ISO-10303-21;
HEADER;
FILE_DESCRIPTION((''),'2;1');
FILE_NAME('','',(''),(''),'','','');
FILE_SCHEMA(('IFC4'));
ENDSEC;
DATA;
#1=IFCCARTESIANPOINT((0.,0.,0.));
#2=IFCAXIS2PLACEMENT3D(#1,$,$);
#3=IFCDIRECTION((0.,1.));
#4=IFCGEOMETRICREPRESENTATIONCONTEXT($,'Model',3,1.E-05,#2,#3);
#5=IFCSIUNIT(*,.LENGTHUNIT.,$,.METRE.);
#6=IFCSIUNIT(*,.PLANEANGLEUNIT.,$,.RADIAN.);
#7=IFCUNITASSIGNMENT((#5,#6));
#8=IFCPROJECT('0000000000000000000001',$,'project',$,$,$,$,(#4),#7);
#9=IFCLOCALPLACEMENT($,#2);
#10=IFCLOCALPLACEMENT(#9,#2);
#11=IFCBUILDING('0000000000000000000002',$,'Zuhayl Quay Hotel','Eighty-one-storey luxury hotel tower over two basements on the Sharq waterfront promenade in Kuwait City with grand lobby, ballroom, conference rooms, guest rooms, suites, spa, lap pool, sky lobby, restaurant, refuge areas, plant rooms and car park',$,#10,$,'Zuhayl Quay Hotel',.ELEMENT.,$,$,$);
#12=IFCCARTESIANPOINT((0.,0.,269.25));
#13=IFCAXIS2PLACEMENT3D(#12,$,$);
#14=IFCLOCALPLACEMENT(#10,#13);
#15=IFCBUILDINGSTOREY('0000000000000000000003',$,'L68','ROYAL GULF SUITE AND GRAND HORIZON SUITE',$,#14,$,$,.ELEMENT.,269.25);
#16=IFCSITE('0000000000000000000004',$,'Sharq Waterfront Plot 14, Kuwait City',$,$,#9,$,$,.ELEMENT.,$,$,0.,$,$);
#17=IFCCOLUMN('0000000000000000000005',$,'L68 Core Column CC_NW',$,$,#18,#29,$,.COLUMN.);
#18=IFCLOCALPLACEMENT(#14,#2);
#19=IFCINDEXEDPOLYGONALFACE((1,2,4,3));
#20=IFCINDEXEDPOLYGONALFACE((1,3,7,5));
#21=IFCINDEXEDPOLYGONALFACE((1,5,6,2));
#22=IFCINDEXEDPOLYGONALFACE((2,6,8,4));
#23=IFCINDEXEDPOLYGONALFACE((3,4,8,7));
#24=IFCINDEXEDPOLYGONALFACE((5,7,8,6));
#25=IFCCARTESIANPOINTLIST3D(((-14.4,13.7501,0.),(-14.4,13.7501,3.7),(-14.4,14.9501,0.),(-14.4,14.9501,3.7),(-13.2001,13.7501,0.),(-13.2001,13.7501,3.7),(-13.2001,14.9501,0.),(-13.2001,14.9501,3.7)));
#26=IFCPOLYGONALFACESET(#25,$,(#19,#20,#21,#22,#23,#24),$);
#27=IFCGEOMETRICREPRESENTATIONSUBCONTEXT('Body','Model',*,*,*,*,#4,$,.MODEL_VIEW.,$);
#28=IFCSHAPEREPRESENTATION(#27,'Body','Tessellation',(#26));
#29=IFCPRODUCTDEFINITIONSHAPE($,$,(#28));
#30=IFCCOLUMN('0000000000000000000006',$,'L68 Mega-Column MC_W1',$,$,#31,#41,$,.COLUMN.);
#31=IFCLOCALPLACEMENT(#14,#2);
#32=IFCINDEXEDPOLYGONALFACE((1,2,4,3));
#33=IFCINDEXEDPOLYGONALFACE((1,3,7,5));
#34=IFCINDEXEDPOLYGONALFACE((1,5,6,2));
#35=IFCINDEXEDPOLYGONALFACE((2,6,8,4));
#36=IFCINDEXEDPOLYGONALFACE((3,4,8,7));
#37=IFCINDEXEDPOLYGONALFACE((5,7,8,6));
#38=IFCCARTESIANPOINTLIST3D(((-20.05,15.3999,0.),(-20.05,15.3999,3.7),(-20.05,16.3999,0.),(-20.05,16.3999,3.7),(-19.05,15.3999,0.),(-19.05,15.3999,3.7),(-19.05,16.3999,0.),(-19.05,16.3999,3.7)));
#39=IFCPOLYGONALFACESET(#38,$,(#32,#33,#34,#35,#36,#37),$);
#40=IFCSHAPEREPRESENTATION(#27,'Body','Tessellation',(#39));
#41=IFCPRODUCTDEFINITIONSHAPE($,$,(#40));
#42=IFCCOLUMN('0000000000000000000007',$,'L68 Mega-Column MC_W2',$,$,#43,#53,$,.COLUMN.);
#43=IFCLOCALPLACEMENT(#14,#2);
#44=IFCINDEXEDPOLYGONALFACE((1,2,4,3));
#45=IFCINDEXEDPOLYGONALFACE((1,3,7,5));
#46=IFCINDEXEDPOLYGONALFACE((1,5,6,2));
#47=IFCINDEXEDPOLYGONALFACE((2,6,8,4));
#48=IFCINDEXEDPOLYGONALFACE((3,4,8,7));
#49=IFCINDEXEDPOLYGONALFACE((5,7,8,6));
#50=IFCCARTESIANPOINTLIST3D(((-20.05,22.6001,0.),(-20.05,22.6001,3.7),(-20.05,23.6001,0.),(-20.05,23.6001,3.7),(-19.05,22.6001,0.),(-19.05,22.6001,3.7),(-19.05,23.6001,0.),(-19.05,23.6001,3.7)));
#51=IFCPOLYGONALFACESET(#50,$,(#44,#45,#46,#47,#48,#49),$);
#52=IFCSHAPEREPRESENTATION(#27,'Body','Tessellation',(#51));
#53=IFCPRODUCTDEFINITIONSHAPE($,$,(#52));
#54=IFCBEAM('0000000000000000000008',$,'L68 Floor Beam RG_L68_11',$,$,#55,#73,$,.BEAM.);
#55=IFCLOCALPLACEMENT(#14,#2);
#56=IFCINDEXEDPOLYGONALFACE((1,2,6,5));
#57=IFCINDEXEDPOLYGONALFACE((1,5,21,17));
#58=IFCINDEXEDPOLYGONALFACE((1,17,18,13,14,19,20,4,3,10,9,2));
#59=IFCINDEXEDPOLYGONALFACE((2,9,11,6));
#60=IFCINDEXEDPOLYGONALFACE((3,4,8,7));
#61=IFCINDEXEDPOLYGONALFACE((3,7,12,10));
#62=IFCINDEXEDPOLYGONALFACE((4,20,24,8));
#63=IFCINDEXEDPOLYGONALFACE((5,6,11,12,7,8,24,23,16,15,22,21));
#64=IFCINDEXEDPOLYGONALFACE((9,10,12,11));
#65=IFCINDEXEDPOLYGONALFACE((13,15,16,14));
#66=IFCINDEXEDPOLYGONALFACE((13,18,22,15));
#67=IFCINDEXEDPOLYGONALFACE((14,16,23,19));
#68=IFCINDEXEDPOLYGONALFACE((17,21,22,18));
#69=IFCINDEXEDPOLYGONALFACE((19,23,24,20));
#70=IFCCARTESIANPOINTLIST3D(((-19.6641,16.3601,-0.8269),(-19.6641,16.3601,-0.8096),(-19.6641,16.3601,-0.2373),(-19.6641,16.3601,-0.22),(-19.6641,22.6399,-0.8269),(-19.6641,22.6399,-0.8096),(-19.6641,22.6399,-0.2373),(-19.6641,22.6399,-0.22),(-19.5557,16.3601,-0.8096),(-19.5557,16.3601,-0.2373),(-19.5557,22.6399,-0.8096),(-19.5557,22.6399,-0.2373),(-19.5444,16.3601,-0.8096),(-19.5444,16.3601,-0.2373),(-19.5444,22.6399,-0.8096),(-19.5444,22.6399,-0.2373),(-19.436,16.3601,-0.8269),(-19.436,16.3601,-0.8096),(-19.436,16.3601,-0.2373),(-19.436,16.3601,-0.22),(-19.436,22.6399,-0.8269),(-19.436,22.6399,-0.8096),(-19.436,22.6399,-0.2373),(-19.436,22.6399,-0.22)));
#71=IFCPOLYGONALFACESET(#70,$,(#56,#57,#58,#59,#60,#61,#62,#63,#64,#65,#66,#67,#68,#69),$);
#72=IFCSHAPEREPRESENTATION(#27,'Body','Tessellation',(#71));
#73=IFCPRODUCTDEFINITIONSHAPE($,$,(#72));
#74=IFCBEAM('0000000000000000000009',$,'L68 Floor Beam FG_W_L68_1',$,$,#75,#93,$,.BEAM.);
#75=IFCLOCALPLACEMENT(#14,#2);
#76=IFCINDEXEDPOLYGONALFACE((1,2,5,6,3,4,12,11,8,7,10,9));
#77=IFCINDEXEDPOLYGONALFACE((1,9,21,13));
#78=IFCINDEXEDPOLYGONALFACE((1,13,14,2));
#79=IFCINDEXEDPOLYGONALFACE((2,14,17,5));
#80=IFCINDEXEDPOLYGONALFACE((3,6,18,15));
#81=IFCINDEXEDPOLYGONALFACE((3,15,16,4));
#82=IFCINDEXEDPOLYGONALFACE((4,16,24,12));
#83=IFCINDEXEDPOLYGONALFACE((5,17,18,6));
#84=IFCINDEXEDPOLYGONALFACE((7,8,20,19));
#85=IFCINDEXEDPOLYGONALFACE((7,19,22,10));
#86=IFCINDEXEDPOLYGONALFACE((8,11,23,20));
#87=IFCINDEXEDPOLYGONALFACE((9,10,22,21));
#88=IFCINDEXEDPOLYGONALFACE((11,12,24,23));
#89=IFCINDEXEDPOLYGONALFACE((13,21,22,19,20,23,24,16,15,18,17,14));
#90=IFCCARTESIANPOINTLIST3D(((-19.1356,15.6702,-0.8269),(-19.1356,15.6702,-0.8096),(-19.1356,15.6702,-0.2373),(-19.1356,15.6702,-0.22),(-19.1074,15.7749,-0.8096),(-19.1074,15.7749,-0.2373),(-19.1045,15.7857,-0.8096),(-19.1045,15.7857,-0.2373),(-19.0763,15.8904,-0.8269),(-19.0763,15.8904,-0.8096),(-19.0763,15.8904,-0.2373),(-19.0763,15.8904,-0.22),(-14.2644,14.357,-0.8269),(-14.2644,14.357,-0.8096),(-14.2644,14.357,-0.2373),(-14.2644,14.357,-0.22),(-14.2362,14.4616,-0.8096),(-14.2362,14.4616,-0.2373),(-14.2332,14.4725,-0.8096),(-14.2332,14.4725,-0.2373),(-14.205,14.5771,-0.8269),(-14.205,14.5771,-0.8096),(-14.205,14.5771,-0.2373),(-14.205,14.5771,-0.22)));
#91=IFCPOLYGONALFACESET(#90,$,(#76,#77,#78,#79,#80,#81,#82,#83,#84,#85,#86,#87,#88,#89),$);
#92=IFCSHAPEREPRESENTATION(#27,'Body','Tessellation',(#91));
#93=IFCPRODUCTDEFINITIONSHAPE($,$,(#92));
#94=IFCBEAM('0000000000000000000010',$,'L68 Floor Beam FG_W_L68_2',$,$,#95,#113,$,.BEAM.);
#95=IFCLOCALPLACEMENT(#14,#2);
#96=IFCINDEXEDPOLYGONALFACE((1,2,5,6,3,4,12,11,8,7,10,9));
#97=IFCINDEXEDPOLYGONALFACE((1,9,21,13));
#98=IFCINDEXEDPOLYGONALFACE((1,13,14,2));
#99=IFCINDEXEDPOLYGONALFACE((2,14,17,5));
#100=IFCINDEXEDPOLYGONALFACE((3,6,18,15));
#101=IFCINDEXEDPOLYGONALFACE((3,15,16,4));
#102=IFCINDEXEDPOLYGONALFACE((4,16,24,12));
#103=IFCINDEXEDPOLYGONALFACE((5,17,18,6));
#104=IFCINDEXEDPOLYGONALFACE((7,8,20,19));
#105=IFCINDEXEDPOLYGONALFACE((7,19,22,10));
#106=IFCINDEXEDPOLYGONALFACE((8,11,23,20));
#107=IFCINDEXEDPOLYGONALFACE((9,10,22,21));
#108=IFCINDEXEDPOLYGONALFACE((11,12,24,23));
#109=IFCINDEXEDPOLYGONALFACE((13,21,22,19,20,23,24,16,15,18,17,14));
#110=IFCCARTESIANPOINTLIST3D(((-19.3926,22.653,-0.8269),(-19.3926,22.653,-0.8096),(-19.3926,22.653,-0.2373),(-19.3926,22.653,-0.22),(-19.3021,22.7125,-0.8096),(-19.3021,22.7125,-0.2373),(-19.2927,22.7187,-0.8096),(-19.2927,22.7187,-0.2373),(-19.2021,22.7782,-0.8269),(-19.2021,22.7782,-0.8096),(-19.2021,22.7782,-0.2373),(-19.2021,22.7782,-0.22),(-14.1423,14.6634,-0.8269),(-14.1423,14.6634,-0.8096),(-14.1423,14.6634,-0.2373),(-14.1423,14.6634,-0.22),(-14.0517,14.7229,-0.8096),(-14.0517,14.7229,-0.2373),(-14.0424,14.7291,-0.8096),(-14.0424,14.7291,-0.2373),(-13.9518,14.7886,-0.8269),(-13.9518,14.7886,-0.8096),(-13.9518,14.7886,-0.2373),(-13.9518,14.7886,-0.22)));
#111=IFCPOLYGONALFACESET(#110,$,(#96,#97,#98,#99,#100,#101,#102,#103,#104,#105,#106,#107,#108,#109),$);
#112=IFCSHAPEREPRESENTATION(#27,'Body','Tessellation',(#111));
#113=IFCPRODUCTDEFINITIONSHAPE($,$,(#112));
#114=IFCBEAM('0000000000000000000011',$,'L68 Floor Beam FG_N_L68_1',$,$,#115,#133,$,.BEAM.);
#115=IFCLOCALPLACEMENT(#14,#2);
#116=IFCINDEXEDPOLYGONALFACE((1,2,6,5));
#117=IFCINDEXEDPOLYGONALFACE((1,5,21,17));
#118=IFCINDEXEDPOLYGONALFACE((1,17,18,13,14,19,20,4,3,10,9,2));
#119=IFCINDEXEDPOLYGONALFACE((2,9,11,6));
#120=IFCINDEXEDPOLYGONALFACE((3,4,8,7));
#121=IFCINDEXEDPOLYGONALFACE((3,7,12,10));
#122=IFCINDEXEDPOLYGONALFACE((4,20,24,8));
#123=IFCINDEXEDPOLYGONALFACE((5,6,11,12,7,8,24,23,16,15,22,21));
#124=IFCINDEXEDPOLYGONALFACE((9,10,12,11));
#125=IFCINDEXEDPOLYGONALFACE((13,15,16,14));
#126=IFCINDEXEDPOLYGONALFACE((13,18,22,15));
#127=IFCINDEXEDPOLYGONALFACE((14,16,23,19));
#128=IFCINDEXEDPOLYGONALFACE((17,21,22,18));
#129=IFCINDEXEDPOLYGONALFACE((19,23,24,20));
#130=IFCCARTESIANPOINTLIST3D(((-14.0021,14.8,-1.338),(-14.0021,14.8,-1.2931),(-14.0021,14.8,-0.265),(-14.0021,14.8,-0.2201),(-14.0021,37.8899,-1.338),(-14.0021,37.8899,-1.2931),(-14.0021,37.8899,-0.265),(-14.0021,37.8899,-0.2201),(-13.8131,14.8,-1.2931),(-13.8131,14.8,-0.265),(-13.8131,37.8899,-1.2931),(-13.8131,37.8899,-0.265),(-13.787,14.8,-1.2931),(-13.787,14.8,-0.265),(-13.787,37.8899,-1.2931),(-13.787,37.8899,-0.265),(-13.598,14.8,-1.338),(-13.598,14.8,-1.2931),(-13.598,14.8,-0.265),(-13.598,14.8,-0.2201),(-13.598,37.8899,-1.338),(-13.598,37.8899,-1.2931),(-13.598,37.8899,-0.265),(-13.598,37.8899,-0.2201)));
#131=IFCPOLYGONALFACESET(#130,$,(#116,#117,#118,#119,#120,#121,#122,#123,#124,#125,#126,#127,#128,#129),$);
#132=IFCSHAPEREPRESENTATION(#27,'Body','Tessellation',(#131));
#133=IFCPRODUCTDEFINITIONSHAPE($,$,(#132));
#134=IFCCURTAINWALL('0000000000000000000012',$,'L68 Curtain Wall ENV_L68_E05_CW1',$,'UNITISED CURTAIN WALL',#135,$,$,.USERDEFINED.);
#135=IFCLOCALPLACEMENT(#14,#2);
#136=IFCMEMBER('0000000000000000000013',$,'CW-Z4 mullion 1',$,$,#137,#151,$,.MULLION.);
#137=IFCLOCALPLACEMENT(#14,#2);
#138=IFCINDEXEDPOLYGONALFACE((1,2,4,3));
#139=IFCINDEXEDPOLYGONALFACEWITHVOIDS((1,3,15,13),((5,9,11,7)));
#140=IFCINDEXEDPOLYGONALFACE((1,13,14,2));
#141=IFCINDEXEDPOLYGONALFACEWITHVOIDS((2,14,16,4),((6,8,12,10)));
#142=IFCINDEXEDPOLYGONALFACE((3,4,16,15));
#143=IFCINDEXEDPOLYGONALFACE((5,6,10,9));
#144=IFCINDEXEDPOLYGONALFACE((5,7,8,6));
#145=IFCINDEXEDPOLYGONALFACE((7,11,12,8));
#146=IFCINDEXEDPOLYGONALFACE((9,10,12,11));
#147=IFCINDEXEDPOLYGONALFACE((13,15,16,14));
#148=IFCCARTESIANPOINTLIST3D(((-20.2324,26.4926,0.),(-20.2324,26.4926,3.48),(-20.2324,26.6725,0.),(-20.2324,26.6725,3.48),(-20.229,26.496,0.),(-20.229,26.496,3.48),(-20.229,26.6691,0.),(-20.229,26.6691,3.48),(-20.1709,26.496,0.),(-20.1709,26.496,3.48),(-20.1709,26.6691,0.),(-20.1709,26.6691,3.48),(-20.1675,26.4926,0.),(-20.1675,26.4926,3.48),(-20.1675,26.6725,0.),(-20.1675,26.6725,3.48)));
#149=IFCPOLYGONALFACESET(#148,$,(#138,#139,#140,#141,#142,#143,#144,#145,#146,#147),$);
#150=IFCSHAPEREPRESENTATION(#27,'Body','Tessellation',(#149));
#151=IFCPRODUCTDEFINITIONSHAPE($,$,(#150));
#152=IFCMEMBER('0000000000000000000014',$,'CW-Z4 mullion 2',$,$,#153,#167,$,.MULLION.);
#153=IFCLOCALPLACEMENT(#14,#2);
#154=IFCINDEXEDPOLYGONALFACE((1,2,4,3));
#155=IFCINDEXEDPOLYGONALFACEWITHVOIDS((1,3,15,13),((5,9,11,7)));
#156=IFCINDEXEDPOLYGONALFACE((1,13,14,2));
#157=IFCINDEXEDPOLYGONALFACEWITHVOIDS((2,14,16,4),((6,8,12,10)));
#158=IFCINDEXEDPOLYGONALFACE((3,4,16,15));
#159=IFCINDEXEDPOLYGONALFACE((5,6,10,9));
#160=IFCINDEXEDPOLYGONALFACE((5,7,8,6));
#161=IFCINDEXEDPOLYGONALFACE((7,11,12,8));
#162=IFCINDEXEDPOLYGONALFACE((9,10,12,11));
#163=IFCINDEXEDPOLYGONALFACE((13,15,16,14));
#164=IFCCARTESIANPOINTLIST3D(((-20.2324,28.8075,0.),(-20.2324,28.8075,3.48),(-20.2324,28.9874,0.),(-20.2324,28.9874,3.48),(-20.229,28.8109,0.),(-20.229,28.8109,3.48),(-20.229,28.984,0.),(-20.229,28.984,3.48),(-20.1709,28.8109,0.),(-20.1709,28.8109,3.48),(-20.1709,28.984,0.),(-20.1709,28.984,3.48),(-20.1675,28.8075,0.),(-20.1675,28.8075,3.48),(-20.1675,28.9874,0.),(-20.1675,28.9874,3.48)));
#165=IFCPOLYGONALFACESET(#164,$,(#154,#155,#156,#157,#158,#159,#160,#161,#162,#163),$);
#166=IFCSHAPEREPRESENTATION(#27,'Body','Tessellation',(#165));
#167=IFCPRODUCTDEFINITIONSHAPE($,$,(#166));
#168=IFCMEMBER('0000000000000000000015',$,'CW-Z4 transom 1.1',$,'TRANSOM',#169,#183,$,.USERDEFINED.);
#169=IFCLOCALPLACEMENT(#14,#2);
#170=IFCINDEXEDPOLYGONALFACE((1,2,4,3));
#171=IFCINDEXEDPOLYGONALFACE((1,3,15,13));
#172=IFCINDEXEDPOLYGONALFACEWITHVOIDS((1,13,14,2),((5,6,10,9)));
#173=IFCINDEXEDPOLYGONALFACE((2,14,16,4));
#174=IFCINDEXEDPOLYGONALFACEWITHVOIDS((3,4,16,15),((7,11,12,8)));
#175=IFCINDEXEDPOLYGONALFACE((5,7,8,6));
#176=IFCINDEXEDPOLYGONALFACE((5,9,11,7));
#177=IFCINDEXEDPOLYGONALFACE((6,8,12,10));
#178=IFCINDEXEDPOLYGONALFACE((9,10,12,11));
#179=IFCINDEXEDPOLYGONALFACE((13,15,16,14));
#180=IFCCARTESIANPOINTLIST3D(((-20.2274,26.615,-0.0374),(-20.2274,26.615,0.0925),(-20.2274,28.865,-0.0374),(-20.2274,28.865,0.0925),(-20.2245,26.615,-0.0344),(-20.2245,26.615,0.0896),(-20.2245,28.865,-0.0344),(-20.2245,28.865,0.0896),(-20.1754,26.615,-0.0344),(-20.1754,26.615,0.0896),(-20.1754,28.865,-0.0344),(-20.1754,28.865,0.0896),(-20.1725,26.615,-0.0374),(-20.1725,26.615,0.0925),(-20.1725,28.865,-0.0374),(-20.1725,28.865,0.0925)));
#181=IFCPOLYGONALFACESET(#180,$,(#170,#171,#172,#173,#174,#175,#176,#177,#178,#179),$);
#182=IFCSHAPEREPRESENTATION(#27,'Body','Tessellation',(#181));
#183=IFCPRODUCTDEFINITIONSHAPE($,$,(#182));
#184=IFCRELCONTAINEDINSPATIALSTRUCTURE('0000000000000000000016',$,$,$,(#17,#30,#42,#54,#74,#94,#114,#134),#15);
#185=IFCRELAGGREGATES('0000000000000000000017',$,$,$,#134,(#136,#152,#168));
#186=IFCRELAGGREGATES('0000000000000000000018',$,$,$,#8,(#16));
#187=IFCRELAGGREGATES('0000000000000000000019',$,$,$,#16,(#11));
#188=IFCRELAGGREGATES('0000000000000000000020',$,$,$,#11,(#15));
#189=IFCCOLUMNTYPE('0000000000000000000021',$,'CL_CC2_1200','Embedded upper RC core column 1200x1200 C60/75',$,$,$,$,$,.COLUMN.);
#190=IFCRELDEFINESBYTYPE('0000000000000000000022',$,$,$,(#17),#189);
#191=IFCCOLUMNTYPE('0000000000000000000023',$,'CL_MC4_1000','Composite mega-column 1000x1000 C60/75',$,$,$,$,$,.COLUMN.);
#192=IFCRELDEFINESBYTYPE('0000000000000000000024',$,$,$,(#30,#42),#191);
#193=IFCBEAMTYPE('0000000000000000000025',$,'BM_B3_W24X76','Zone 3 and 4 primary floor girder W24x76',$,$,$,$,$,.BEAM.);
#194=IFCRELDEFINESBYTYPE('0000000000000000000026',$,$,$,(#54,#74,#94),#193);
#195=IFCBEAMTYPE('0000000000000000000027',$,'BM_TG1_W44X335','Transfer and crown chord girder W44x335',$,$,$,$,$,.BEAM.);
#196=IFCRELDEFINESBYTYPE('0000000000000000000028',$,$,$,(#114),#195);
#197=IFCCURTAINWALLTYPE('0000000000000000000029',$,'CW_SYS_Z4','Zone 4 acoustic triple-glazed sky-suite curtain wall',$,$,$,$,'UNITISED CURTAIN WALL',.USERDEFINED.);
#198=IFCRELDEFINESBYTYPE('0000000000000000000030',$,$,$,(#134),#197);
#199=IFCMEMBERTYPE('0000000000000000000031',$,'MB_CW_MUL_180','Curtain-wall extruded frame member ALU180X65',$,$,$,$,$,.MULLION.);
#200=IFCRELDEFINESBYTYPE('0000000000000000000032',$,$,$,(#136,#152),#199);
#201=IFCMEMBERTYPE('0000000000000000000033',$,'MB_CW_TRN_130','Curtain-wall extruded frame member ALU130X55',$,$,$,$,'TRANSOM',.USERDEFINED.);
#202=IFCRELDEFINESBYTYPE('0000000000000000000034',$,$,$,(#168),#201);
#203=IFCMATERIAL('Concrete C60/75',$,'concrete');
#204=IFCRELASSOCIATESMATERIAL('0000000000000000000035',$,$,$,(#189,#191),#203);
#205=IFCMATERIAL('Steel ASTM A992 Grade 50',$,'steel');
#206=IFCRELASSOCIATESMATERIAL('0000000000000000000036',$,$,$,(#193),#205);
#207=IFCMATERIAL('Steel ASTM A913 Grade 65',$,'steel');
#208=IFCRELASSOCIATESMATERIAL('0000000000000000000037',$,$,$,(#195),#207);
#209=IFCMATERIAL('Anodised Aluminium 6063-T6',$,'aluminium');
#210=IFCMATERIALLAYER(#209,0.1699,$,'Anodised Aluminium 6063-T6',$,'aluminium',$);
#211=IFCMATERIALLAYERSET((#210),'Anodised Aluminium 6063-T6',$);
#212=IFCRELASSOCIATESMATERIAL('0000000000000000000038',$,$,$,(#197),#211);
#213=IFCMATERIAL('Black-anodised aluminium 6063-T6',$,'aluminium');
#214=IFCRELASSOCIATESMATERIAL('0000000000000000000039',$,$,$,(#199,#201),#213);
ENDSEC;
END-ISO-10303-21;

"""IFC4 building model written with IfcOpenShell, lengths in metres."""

from ifc_helpers import new_model, si_unit, direction, frame, origin, origin_2d, place, context, subcontext, project, spatial, rectangle, hollow_rectangle, i_section, extrude, material, layer, layer_set, material_profile, profile_set, type_object, element, aggregate, save


model = new_model("IFC4")

# Units and contexts
model_context = context("Model", 3, precision=1e-05, world=origin(), true_north=direction((0.0, 1.0)))
body_context = subcontext(model_context, "Body", "Model", "MODEL_VIEW")
ifc_project = project(units=[si_unit("LENGTHUNIT", "METRE"), si_unit("PLANEANGLEUNIT", "RADIAN")], contexts=[model_context])

# Site, building, storey
site_placement = place(None, origin())
site = spatial("IfcSite", under=ifc_project, at=site_placement, Name="Sharq Waterfront Plot 14, Kuwait City", CompositionType="ELEMENT", RefElevation=0.0)
building_placement = place(site_placement, origin())
building = spatial("IfcBuilding", under=site, at=building_placement, Name="Zuhayl Quay Hotel", Description="Eighty-one-storey luxury hotel tower over two basements on the Sharq waterfront promenade in Kuwait City with grand lobby, ballroom, conference rooms, guest rooms, suites, spa, lap pool, sky lobby, restaurant, refuge areas, plant rooms and car park", LongName="Zuhayl Quay Hotel", CompositionType="ELEMENT")
storey_placement = place(building_placement, frame((0.0, 0.0, 269.25)))
storey = spatial("IfcBuildingStorey", under=building, at=storey_placement, Name="L68", Description="ROYAL GULF SUITE AND GRAND HORIZON SUITE", CompositionType="ELEMENT", Elevation=269.25)

# Columns
ifc_material_1 = material(Name="Concrete C60/75", Category="concrete")
ifc_material_profile_1 = material_profile(ifc_material_1, rectangle(XDim=1.2, YDim=1.2, at=origin_2d()), Name="RC1200X1200")
ifc_profile_set_1 = profile_set([ifc_material_profile_1], Name="Concrete C60/75")
column_type_1 = type_object("IfcColumnType", Name="CL_CC2_1200", Description="Embedded upper RC core column 1200x1200 C60/75", PredefinedType="COLUMN", material=ifc_profile_set_1)
column_placement = place(storey_placement, frame((-13.8, 14.3501, 0.0), z_axis=(0.0, 0.0, 1.0), x_axis=(1.0, 0.0, 0.0)))
element("IfcColumn", 1, at=column_placement, inside=storey, type_object=column_type_1, Name="L68 Core Column CC_NW", PredefinedType="COLUMN", context=body_context, shape_type="SweptSolid", body=[
    extrude(rectangle(XDim=1.2, YDim=1.2, at=origin_2d()), origin(), (0.0, 0.0, 1.0), 3.7),
])
ifc_material_profile_2 = material_profile(ifc_material_1, rectangle(XDim=1.0, YDim=1.0, at=origin_2d()), Name="RC1000X1000")
ifc_profile_set_2 = profile_set([ifc_material_profile_2], Name="Concrete C60/75")
column_type_2 = type_object("IfcColumnType", Name="CL_MC4_1000", Description="Composite mega-column 1000x1000 C60/75", PredefinedType="COLUMN", material=ifc_profile_set_2)
for number, where, z_axis, x_axis, name in (
    (2, (-19.55, 15.8999, 0.0), (0.0, 0.0, 1.0), (1.0, 0.0, 0.0), "L68 Mega-Column MC_W1"),
    (3, (-19.55, 23.1001, 0.0), (0.0, 0.0, 1.0), (1.0, 0.0, 0.0), "L68 Mega-Column MC_W2"),
):
    element("IfcColumn", number, at=place(storey_placement, frame(where, z_axis=z_axis, x_axis=x_axis)), inside=storey, type_object=column_type_2, Name=name, PredefinedType="COLUMN", context=body_context, shape_type="SweptSolid", body=[
        extrude(rectangle(XDim=1.0, YDim=1.0, at=origin_2d()), origin(), (0.0, 0.0, 1.0), 3.7),
    ])

# Beams
ifc_material_2 = material(Name="Steel ASTM A992 Grade 50", Category="steel")
ifc_material_profile_3 = material_profile(ifc_material_2, i_section(OverallWidth=0.228, OverallDepth=0.6069, WebThickness=0.0112, FlangeThickness=0.0173, at=origin_2d()), Name="W24X76")
ifc_profile_set_3 = profile_set([ifc_material_profile_3], Name="Steel ASTM A992 Grade 50")
beam_type_1 = type_object("IfcBeamType", Name="BM_B3_W24X76", Description="Zone 3 and 4 primary floor girder W24x76", PredefinedType="BEAM", material=ifc_profile_set_3)
beam_1_placement = place(storey_placement, frame((-19.55, 22.6399, -0.5234), z_axis=(0.0, -1.0, 0.0), x_axis=(1.0, 0.0, 0.0)))
element("IfcBeam", 4, at=beam_1_placement, inside=storey, type_object=beam_type_1, Name="L68 Floor Beam RG_L68_11", PredefinedType="BEAM", context=body_context, shape_type="SweptSolid", body=[
    extrude(i_section(OverallWidth=0.228, OverallDepth=0.6069, WebThickness=0.0112, FlangeThickness=0.0173, at=origin_2d()), origin(), (0.0, 0.0, 1.0), 6.2798),
])
beam_2_placement = place(storey_placement, frame((-19.106, 15.7803, -0.5234), z_axis=(0.96553, -0.260291, 0.0), x_axis=(0.260291, 0.96553, 0.0)))
element("IfcBeam", 5, at=beam_2_placement, inside=storey, type_object=beam_type_1, Name="L68 Floor Beam FG_W_L68_1", PredefinedType="BEAM", context=body_context, shape_type="SweptSolid", body=[
    extrude(i_section(OverallWidth=0.228, OverallDepth=0.6069, WebThickness=0.0112, FlangeThickness=0.0173, at=origin_2d()), origin(), (0.0, 0.0, 1.0), 5.0452),
])
beam_3_placement = place(storey_placement, frame((-19.2974, 22.7156, -0.5234), z_axis=(0.549178, -0.835705, 0.0), x_axis=(0.835705, 0.549178, 0.0)))
element("IfcBeam", 6, at=beam_3_placement, inside=storey, type_object=beam_type_1, Name="L68 Floor Beam FG_W_L68_2", PredefinedType="BEAM", context=body_context, shape_type="SweptSolid", body=[
    extrude(i_section(OverallWidth=0.228, OverallDepth=0.6069, WebThickness=0.0112, FlangeThickness=0.0173, at=origin_2d()), origin(), (0.0, 0.0, 1.0), 9.5603),
])
ifc_material_3 = material(Name="Steel ASTM A913 Grade 65", Category="steel")
ifc_material_profile_4 = material_profile(ifc_material_3, i_section(OverallWidth=0.4041, OverallDepth=1.1179, WebThickness=0.0261, FlangeThickness=0.0449, at=origin_2d()), Name="W44X335")
ifc_profile_set_4 = profile_set([ifc_material_profile_4], Name="Steel ASTM A913 Grade 65")
beam_type_2 = type_object("IfcBeamType", Name="BM_TG1_W44X335", Description="Transfer and crown chord girder W44x335", PredefinedType="BEAM", material=ifc_profile_set_4)
beam_4_placement = place(storey_placement, frame((-13.8, 14.8, -0.7791), z_axis=(0.0, 1.0, 0.0), x_axis=(-1.0, 0.0, 0.0)))
element("IfcBeam", 7, at=beam_4_placement, inside=storey, type_object=beam_type_2, Name="L68 Floor Beam FG_N_L68_1", PredefinedType="BEAM", context=body_context, shape_type="SweptSolid", body=[
    extrude(i_section(OverallWidth=0.4041, OverallDepth=1.1179, WebThickness=0.0261, FlangeThickness=0.0449, at=origin_2d()), origin(), (0.0, 0.0, 1.0), 23.0898),
])

# Curtain wall, members
ifc_material_4 = material(Name="Anodised Aluminium 6063-T6", Category="aluminium")
ifc_layer_1 = layer(ifc_material_4, 0.1699, Name="Anodised Aluminium 6063-T6", Category="aluminium")
ifc_layer_set_1 = layer_set([ifc_layer_1], Name="Anodised Aluminium 6063-T6")
curtain_wall_type = type_object("IfcCurtainWallType", Name="CW_SYS_Z4", Description="Zone 4 acoustic triple-glazed sky-suite curtain wall", ElementType="UNITISED CURTAIN WALL", PredefinedType="USERDEFINED", material=ifc_layer_set_1)
curtain_wall_placement = place(storey_placement, origin())
curtain_wall = element("IfcCurtainWall", 8, at=curtain_wall_placement, inside=storey, type_object=curtain_wall_type, Name="L68 Curtain Wall ENV_L68_E05_CW1", ObjectType="UNITISED CURTAIN WALL", PredefinedType="USERDEFINED")
ifc_material_5 = material(Name="Black-anodised aluminium 6063-T6", Category="aluminium")
ifc_material_profile_5 = material_profile(ifc_material_5, hollow_rectangle(XDim=0.0649, YDim=0.1799, WallThickness=0.0034, at=origin_2d()), Name="ALU180X65")
ifc_profile_set_5 = profile_set([ifc_material_profile_5], Name="Black-anodised aluminium 6063-T6")
member_type_1 = type_object("IfcMemberType", Name="MB_CW_MUL_180", Description="Curtain-wall extruded frame member ALU180X65", PredefinedType="MULLION", material=ifc_profile_set_5)
member_1_placement = place(storey_placement, frame((-20.2, 26.5825, 0.0), z_axis=(0.0, 0.0, 1.0), x_axis=(-1.0, 0.0, 0.0)))
member_1 = element("IfcMember", 9, at=member_1_placement, type_object=member_type_1, Name="CW-Z4 mullion 1", PredefinedType="MULLION", context=body_context, shape_type="SweptSolid", body=[
    extrude(hollow_rectangle(XDim=0.0649, YDim=0.1799, WallThickness=0.0034, at=origin_2d()), origin(), (0.0, 0.0, 1.0), 3.48),
])
member_2_placement = place(storey_placement, frame((-20.2, 28.8975, 0.0), z_axis=(0.0, 0.0, 1.0), x_axis=(-1.0, 0.0, 0.0)))
member_2 = element("IfcMember", 10, at=member_2_placement, type_object=member_type_1, Name="CW-Z4 mullion 2", PredefinedType="MULLION", context=body_context, shape_type="SweptSolid", body=[
    extrude(hollow_rectangle(XDim=0.0649, YDim=0.1799, WallThickness=0.0034, at=origin_2d()), origin(), (0.0, 0.0, 1.0), 3.48),
])
ifc_material_profile_6 = material_profile(ifc_material_5, hollow_rectangle(XDim=0.0549, YDim=0.1299, WallThickness=0.0029, at=origin_2d()), Name="ALU130X55")
ifc_profile_set_6 = profile_set([ifc_material_profile_6], Name="Black-anodised aluminium 6063-T6")
member_type_2 = type_object("IfcMemberType", Name="MB_CW_TRN_130", Description="Curtain-wall extruded frame member ALU130X55", ElementType="TRANSOM", PredefinedType="USERDEFINED", material=ifc_profile_set_6)
member_3_placement = place(storey_placement, frame((-20.2, 26.615, 0.0276), z_axis=(0.0, 1.0, 0.0), x_axis=(-1.0, 0.0, 0.0)))
member_3 = element("IfcMember", 11, at=member_3_placement, type_object=member_type_2, Name="CW-Z4 transom 1.1", ObjectType="TRANSOM", PredefinedType="USERDEFINED", context=body_context, shape_type="SweptSolid", body=[
    extrude(hollow_rectangle(XDim=0.0549, YDim=0.1299, WallThickness=0.0029, at=origin_2d()), origin(), (0.0, 0.0, 1.0), 2.25),
])
aggregate(curtain_wall, [member_1, member_2, member_3])

save(model, "model.ifc")
